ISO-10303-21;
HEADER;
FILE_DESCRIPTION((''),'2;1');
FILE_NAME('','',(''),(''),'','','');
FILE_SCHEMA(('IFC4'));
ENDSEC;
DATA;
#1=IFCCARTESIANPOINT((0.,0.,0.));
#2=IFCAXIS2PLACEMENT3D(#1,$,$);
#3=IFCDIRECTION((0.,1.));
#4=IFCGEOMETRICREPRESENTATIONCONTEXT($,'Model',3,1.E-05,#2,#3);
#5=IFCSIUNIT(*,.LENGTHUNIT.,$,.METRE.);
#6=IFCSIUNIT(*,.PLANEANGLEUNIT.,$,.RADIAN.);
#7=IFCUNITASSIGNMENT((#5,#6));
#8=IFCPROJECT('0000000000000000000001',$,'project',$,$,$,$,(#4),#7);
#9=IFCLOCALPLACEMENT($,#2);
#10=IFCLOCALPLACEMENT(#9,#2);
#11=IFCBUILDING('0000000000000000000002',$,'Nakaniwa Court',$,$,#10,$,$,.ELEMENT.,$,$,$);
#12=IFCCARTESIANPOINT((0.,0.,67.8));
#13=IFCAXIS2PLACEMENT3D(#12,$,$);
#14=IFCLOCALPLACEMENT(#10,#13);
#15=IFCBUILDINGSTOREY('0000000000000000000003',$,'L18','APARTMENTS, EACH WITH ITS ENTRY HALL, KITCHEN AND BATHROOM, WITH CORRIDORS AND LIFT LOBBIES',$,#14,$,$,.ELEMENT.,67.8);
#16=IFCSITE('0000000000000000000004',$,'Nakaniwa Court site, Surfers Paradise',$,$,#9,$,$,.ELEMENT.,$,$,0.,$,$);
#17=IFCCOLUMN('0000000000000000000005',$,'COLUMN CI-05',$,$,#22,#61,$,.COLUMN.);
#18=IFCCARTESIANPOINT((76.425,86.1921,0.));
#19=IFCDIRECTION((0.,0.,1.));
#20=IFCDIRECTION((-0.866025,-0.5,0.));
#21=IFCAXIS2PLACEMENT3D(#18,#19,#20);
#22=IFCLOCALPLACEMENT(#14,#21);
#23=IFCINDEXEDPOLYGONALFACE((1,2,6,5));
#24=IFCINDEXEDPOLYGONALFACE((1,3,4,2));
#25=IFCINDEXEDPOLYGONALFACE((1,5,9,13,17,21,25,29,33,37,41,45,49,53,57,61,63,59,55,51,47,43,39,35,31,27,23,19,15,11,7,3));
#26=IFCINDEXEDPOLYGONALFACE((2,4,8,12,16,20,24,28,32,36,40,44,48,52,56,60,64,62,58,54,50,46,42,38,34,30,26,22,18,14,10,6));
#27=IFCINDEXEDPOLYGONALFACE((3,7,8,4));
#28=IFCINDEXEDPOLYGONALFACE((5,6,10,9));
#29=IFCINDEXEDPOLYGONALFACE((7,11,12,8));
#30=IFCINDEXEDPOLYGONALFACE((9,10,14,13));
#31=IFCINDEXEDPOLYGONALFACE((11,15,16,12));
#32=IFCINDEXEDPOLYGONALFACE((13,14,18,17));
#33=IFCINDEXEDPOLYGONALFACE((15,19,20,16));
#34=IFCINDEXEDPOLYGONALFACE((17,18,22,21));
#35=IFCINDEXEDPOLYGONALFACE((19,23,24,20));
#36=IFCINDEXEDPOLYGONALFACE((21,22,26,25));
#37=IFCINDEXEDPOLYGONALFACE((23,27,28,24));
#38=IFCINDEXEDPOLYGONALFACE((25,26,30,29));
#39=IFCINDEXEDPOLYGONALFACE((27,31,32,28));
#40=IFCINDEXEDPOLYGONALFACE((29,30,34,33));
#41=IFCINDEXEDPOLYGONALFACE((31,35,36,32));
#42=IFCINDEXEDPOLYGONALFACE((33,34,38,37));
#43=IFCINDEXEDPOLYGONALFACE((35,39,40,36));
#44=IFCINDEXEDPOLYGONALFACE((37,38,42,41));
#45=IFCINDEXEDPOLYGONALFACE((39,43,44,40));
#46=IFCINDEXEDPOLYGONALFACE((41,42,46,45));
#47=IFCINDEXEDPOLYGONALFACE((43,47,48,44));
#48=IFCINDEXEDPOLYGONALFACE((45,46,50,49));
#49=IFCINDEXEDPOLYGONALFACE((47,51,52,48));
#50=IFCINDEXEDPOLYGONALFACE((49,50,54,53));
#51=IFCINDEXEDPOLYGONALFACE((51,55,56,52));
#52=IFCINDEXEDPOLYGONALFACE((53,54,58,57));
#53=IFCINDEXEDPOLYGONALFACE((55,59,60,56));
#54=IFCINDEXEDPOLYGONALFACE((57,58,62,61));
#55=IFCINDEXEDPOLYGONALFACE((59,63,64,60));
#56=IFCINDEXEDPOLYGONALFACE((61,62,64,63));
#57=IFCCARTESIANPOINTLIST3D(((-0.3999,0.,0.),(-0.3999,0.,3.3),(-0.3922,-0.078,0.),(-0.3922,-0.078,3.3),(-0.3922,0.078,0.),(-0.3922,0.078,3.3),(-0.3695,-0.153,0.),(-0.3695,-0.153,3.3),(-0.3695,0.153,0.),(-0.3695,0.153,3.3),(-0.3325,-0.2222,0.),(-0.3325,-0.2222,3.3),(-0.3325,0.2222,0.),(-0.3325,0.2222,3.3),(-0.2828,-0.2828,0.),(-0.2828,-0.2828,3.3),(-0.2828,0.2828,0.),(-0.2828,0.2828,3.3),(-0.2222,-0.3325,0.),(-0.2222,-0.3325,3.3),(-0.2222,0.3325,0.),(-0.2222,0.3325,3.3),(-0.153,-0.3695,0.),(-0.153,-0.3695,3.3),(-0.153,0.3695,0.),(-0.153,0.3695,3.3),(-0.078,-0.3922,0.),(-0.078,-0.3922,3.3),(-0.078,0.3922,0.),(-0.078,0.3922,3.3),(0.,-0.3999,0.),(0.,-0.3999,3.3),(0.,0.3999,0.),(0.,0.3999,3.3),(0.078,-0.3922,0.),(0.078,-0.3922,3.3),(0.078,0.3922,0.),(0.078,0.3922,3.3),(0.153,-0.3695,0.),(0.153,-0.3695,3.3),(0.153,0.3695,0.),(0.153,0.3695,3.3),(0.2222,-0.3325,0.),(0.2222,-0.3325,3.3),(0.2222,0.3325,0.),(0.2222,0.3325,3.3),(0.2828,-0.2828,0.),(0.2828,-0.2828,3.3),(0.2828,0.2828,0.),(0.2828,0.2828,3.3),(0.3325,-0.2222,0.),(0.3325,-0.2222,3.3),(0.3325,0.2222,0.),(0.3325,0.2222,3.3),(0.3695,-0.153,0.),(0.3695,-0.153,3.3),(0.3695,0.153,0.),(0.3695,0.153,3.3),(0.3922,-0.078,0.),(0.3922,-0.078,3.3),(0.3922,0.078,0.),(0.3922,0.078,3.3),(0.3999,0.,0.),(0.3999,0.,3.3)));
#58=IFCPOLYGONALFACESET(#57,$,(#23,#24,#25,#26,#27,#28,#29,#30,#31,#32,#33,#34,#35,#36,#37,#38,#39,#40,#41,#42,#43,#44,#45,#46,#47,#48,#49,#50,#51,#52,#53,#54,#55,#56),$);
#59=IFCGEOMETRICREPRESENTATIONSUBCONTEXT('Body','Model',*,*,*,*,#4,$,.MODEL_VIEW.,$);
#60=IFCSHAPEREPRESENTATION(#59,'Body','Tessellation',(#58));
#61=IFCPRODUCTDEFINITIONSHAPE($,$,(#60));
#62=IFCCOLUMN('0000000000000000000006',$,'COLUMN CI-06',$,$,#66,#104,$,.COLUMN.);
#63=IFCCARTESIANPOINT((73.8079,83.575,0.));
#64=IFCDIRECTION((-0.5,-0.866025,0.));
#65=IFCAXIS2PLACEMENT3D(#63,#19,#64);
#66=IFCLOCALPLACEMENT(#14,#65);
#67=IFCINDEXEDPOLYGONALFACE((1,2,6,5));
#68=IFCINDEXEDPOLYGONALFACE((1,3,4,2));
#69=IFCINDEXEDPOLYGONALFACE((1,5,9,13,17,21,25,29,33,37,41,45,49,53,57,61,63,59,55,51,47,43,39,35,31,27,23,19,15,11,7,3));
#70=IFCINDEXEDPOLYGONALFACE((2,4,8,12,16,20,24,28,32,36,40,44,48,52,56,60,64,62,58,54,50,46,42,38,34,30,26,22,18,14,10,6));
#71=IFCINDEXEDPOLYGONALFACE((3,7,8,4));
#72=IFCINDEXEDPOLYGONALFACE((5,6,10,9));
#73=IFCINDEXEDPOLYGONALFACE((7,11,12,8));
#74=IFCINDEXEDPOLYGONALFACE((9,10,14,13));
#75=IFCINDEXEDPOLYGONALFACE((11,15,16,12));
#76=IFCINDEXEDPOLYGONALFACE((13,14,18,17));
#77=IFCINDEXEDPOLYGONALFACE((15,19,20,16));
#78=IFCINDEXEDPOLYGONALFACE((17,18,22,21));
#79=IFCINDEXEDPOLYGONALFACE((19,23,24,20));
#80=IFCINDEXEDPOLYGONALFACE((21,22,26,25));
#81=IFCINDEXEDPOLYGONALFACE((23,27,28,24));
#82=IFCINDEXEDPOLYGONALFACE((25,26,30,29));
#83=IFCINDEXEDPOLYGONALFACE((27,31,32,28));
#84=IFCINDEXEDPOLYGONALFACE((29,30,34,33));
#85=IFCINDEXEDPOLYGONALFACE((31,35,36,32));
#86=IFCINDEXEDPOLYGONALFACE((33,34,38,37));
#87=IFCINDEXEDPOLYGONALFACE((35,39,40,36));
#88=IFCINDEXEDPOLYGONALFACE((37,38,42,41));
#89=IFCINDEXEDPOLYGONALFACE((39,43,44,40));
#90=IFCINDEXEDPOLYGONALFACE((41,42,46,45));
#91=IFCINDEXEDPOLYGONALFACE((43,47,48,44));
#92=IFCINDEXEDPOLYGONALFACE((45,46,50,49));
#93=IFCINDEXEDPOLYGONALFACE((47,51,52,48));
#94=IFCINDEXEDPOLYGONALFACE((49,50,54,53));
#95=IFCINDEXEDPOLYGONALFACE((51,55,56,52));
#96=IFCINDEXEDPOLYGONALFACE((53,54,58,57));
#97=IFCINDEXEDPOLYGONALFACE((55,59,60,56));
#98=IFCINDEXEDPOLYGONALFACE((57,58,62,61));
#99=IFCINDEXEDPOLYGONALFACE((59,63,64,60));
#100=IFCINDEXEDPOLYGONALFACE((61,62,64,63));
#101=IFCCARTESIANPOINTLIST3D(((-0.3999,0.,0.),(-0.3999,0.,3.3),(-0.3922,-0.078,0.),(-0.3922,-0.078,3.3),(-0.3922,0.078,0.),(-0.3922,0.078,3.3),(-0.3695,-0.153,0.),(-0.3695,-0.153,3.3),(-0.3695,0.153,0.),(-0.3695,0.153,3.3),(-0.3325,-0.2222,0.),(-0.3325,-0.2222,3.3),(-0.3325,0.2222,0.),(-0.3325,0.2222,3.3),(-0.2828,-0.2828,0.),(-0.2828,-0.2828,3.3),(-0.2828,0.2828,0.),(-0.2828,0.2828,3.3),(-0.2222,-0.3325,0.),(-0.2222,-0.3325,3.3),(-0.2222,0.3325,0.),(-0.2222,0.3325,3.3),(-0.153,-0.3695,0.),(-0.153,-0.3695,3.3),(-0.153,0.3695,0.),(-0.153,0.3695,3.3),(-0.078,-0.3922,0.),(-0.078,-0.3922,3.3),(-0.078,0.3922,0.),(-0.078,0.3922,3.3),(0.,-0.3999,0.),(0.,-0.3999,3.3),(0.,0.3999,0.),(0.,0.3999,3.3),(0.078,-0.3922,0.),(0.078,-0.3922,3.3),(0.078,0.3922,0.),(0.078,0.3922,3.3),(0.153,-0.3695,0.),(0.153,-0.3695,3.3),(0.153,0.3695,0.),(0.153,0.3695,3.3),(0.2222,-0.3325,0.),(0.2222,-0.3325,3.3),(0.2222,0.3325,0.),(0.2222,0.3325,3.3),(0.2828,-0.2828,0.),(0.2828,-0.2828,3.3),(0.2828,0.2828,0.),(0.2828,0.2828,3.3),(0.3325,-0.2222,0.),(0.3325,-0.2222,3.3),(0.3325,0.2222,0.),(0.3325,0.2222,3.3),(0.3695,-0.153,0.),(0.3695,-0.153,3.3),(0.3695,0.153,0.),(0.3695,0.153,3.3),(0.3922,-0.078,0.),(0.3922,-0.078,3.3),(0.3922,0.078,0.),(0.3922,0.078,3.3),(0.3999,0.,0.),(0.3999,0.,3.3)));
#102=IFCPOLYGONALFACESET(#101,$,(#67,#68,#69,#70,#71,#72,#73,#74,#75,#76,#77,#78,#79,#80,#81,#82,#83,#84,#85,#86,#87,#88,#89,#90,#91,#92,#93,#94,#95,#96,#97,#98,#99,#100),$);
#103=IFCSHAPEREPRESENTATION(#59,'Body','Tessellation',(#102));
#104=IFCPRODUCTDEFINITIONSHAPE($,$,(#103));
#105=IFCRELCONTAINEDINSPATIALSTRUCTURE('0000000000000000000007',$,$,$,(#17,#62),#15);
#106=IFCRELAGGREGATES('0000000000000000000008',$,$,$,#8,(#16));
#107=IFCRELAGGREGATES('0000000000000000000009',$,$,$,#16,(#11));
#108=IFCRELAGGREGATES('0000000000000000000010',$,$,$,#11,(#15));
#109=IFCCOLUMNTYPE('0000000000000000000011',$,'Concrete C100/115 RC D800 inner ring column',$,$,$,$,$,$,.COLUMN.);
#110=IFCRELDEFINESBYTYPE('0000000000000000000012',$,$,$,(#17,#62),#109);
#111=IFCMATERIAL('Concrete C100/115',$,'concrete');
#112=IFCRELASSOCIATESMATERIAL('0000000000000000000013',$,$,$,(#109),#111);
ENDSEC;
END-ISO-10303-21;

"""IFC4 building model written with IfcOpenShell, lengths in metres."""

from ifc_helpers import new_model, si_unit, direction, frame, origin, origin_2d, place, context, subcontext, project, spatial, circle, extrude, material, material_profile, profile_set, type_object, element, save


model = new_model("IFC4")

# Units and contexts
model_context = context("Model", 3, precision=1e-05, world=origin(), true_north=direction((0.0, 1.0)))
body_context = subcontext(model_context, "Body", "Model", "MODEL_VIEW")
ifc_project = project(units=[si_unit("LENGTHUNIT", "METRE"), si_unit("PLANEANGLEUNIT", "RADIAN")], contexts=[model_context])

# Site, building, storey
site_placement = place(None, origin())
site = spatial("IfcSite", under=ifc_project, at=site_placement, Name="Nakaniwa Court site, Surfers Paradise", CompositionType="ELEMENT", RefElevation=0.0)
building_placement = place(site_placement, origin())
building = spatial("IfcBuilding", under=site, at=building_placement, Name="Nakaniwa Court", CompositionType="ELEMENT")
storey_placement = place(building_placement, frame((0.0, 0.0, 67.8)))
storey = spatial("IfcBuildingStorey", under=building, at=storey_placement, Name="L18", Description="APARTMENTS, EACH WITH ITS ENTRY HALL, KITCHEN AND BATHROOM, WITH CORRIDORS AND LIFT LOBBIES", CompositionType="ELEMENT", Elevation=67.8)

# Columns
ifc_material_1 = material(Name="Concrete C100/115", Category="concrete")
ifc_material_profile_1 = material_profile(ifc_material_1, circle(Radius=0.3999, at=origin_2d()), Name="Concrete C100/115 RC D800 inner ring column")
ifc_profile_set_1 = profile_set([ifc_material_profile_1], Name="Concrete C100/115")
column_type = type_object("IfcColumnType", Name="Concrete C100/115 RC D800 inner ring column", PredefinedType="COLUMN", material=ifc_profile_set_1)
for number, where, z_axis, x_axis, name in (
    (1, (76.425, 86.1921, 0.0), (0.0, 0.0, 1.0), (-0.866025, -0.5, 0.0), "COLUMN CI-05"),
    (2, (73.8079, 83.575, 0.0), (0.0, 0.0, 1.0), (-0.5, -0.866025, 0.0), "COLUMN CI-06"),
):
    element("IfcColumn", number, at=place(storey_placement, frame(where, z_axis=z_axis, x_axis=x_axis)), inside=storey, type_object=column_type, Name=name, PredefinedType="COLUMN", context=body_context, shape_type="SweptSolid", body=[
        extrude(circle(Radius=0.3999, at=origin_2d()), origin(), (0.0, 0.0, 1.0), 3.3),
    ])

save(model, "model.ifc")
